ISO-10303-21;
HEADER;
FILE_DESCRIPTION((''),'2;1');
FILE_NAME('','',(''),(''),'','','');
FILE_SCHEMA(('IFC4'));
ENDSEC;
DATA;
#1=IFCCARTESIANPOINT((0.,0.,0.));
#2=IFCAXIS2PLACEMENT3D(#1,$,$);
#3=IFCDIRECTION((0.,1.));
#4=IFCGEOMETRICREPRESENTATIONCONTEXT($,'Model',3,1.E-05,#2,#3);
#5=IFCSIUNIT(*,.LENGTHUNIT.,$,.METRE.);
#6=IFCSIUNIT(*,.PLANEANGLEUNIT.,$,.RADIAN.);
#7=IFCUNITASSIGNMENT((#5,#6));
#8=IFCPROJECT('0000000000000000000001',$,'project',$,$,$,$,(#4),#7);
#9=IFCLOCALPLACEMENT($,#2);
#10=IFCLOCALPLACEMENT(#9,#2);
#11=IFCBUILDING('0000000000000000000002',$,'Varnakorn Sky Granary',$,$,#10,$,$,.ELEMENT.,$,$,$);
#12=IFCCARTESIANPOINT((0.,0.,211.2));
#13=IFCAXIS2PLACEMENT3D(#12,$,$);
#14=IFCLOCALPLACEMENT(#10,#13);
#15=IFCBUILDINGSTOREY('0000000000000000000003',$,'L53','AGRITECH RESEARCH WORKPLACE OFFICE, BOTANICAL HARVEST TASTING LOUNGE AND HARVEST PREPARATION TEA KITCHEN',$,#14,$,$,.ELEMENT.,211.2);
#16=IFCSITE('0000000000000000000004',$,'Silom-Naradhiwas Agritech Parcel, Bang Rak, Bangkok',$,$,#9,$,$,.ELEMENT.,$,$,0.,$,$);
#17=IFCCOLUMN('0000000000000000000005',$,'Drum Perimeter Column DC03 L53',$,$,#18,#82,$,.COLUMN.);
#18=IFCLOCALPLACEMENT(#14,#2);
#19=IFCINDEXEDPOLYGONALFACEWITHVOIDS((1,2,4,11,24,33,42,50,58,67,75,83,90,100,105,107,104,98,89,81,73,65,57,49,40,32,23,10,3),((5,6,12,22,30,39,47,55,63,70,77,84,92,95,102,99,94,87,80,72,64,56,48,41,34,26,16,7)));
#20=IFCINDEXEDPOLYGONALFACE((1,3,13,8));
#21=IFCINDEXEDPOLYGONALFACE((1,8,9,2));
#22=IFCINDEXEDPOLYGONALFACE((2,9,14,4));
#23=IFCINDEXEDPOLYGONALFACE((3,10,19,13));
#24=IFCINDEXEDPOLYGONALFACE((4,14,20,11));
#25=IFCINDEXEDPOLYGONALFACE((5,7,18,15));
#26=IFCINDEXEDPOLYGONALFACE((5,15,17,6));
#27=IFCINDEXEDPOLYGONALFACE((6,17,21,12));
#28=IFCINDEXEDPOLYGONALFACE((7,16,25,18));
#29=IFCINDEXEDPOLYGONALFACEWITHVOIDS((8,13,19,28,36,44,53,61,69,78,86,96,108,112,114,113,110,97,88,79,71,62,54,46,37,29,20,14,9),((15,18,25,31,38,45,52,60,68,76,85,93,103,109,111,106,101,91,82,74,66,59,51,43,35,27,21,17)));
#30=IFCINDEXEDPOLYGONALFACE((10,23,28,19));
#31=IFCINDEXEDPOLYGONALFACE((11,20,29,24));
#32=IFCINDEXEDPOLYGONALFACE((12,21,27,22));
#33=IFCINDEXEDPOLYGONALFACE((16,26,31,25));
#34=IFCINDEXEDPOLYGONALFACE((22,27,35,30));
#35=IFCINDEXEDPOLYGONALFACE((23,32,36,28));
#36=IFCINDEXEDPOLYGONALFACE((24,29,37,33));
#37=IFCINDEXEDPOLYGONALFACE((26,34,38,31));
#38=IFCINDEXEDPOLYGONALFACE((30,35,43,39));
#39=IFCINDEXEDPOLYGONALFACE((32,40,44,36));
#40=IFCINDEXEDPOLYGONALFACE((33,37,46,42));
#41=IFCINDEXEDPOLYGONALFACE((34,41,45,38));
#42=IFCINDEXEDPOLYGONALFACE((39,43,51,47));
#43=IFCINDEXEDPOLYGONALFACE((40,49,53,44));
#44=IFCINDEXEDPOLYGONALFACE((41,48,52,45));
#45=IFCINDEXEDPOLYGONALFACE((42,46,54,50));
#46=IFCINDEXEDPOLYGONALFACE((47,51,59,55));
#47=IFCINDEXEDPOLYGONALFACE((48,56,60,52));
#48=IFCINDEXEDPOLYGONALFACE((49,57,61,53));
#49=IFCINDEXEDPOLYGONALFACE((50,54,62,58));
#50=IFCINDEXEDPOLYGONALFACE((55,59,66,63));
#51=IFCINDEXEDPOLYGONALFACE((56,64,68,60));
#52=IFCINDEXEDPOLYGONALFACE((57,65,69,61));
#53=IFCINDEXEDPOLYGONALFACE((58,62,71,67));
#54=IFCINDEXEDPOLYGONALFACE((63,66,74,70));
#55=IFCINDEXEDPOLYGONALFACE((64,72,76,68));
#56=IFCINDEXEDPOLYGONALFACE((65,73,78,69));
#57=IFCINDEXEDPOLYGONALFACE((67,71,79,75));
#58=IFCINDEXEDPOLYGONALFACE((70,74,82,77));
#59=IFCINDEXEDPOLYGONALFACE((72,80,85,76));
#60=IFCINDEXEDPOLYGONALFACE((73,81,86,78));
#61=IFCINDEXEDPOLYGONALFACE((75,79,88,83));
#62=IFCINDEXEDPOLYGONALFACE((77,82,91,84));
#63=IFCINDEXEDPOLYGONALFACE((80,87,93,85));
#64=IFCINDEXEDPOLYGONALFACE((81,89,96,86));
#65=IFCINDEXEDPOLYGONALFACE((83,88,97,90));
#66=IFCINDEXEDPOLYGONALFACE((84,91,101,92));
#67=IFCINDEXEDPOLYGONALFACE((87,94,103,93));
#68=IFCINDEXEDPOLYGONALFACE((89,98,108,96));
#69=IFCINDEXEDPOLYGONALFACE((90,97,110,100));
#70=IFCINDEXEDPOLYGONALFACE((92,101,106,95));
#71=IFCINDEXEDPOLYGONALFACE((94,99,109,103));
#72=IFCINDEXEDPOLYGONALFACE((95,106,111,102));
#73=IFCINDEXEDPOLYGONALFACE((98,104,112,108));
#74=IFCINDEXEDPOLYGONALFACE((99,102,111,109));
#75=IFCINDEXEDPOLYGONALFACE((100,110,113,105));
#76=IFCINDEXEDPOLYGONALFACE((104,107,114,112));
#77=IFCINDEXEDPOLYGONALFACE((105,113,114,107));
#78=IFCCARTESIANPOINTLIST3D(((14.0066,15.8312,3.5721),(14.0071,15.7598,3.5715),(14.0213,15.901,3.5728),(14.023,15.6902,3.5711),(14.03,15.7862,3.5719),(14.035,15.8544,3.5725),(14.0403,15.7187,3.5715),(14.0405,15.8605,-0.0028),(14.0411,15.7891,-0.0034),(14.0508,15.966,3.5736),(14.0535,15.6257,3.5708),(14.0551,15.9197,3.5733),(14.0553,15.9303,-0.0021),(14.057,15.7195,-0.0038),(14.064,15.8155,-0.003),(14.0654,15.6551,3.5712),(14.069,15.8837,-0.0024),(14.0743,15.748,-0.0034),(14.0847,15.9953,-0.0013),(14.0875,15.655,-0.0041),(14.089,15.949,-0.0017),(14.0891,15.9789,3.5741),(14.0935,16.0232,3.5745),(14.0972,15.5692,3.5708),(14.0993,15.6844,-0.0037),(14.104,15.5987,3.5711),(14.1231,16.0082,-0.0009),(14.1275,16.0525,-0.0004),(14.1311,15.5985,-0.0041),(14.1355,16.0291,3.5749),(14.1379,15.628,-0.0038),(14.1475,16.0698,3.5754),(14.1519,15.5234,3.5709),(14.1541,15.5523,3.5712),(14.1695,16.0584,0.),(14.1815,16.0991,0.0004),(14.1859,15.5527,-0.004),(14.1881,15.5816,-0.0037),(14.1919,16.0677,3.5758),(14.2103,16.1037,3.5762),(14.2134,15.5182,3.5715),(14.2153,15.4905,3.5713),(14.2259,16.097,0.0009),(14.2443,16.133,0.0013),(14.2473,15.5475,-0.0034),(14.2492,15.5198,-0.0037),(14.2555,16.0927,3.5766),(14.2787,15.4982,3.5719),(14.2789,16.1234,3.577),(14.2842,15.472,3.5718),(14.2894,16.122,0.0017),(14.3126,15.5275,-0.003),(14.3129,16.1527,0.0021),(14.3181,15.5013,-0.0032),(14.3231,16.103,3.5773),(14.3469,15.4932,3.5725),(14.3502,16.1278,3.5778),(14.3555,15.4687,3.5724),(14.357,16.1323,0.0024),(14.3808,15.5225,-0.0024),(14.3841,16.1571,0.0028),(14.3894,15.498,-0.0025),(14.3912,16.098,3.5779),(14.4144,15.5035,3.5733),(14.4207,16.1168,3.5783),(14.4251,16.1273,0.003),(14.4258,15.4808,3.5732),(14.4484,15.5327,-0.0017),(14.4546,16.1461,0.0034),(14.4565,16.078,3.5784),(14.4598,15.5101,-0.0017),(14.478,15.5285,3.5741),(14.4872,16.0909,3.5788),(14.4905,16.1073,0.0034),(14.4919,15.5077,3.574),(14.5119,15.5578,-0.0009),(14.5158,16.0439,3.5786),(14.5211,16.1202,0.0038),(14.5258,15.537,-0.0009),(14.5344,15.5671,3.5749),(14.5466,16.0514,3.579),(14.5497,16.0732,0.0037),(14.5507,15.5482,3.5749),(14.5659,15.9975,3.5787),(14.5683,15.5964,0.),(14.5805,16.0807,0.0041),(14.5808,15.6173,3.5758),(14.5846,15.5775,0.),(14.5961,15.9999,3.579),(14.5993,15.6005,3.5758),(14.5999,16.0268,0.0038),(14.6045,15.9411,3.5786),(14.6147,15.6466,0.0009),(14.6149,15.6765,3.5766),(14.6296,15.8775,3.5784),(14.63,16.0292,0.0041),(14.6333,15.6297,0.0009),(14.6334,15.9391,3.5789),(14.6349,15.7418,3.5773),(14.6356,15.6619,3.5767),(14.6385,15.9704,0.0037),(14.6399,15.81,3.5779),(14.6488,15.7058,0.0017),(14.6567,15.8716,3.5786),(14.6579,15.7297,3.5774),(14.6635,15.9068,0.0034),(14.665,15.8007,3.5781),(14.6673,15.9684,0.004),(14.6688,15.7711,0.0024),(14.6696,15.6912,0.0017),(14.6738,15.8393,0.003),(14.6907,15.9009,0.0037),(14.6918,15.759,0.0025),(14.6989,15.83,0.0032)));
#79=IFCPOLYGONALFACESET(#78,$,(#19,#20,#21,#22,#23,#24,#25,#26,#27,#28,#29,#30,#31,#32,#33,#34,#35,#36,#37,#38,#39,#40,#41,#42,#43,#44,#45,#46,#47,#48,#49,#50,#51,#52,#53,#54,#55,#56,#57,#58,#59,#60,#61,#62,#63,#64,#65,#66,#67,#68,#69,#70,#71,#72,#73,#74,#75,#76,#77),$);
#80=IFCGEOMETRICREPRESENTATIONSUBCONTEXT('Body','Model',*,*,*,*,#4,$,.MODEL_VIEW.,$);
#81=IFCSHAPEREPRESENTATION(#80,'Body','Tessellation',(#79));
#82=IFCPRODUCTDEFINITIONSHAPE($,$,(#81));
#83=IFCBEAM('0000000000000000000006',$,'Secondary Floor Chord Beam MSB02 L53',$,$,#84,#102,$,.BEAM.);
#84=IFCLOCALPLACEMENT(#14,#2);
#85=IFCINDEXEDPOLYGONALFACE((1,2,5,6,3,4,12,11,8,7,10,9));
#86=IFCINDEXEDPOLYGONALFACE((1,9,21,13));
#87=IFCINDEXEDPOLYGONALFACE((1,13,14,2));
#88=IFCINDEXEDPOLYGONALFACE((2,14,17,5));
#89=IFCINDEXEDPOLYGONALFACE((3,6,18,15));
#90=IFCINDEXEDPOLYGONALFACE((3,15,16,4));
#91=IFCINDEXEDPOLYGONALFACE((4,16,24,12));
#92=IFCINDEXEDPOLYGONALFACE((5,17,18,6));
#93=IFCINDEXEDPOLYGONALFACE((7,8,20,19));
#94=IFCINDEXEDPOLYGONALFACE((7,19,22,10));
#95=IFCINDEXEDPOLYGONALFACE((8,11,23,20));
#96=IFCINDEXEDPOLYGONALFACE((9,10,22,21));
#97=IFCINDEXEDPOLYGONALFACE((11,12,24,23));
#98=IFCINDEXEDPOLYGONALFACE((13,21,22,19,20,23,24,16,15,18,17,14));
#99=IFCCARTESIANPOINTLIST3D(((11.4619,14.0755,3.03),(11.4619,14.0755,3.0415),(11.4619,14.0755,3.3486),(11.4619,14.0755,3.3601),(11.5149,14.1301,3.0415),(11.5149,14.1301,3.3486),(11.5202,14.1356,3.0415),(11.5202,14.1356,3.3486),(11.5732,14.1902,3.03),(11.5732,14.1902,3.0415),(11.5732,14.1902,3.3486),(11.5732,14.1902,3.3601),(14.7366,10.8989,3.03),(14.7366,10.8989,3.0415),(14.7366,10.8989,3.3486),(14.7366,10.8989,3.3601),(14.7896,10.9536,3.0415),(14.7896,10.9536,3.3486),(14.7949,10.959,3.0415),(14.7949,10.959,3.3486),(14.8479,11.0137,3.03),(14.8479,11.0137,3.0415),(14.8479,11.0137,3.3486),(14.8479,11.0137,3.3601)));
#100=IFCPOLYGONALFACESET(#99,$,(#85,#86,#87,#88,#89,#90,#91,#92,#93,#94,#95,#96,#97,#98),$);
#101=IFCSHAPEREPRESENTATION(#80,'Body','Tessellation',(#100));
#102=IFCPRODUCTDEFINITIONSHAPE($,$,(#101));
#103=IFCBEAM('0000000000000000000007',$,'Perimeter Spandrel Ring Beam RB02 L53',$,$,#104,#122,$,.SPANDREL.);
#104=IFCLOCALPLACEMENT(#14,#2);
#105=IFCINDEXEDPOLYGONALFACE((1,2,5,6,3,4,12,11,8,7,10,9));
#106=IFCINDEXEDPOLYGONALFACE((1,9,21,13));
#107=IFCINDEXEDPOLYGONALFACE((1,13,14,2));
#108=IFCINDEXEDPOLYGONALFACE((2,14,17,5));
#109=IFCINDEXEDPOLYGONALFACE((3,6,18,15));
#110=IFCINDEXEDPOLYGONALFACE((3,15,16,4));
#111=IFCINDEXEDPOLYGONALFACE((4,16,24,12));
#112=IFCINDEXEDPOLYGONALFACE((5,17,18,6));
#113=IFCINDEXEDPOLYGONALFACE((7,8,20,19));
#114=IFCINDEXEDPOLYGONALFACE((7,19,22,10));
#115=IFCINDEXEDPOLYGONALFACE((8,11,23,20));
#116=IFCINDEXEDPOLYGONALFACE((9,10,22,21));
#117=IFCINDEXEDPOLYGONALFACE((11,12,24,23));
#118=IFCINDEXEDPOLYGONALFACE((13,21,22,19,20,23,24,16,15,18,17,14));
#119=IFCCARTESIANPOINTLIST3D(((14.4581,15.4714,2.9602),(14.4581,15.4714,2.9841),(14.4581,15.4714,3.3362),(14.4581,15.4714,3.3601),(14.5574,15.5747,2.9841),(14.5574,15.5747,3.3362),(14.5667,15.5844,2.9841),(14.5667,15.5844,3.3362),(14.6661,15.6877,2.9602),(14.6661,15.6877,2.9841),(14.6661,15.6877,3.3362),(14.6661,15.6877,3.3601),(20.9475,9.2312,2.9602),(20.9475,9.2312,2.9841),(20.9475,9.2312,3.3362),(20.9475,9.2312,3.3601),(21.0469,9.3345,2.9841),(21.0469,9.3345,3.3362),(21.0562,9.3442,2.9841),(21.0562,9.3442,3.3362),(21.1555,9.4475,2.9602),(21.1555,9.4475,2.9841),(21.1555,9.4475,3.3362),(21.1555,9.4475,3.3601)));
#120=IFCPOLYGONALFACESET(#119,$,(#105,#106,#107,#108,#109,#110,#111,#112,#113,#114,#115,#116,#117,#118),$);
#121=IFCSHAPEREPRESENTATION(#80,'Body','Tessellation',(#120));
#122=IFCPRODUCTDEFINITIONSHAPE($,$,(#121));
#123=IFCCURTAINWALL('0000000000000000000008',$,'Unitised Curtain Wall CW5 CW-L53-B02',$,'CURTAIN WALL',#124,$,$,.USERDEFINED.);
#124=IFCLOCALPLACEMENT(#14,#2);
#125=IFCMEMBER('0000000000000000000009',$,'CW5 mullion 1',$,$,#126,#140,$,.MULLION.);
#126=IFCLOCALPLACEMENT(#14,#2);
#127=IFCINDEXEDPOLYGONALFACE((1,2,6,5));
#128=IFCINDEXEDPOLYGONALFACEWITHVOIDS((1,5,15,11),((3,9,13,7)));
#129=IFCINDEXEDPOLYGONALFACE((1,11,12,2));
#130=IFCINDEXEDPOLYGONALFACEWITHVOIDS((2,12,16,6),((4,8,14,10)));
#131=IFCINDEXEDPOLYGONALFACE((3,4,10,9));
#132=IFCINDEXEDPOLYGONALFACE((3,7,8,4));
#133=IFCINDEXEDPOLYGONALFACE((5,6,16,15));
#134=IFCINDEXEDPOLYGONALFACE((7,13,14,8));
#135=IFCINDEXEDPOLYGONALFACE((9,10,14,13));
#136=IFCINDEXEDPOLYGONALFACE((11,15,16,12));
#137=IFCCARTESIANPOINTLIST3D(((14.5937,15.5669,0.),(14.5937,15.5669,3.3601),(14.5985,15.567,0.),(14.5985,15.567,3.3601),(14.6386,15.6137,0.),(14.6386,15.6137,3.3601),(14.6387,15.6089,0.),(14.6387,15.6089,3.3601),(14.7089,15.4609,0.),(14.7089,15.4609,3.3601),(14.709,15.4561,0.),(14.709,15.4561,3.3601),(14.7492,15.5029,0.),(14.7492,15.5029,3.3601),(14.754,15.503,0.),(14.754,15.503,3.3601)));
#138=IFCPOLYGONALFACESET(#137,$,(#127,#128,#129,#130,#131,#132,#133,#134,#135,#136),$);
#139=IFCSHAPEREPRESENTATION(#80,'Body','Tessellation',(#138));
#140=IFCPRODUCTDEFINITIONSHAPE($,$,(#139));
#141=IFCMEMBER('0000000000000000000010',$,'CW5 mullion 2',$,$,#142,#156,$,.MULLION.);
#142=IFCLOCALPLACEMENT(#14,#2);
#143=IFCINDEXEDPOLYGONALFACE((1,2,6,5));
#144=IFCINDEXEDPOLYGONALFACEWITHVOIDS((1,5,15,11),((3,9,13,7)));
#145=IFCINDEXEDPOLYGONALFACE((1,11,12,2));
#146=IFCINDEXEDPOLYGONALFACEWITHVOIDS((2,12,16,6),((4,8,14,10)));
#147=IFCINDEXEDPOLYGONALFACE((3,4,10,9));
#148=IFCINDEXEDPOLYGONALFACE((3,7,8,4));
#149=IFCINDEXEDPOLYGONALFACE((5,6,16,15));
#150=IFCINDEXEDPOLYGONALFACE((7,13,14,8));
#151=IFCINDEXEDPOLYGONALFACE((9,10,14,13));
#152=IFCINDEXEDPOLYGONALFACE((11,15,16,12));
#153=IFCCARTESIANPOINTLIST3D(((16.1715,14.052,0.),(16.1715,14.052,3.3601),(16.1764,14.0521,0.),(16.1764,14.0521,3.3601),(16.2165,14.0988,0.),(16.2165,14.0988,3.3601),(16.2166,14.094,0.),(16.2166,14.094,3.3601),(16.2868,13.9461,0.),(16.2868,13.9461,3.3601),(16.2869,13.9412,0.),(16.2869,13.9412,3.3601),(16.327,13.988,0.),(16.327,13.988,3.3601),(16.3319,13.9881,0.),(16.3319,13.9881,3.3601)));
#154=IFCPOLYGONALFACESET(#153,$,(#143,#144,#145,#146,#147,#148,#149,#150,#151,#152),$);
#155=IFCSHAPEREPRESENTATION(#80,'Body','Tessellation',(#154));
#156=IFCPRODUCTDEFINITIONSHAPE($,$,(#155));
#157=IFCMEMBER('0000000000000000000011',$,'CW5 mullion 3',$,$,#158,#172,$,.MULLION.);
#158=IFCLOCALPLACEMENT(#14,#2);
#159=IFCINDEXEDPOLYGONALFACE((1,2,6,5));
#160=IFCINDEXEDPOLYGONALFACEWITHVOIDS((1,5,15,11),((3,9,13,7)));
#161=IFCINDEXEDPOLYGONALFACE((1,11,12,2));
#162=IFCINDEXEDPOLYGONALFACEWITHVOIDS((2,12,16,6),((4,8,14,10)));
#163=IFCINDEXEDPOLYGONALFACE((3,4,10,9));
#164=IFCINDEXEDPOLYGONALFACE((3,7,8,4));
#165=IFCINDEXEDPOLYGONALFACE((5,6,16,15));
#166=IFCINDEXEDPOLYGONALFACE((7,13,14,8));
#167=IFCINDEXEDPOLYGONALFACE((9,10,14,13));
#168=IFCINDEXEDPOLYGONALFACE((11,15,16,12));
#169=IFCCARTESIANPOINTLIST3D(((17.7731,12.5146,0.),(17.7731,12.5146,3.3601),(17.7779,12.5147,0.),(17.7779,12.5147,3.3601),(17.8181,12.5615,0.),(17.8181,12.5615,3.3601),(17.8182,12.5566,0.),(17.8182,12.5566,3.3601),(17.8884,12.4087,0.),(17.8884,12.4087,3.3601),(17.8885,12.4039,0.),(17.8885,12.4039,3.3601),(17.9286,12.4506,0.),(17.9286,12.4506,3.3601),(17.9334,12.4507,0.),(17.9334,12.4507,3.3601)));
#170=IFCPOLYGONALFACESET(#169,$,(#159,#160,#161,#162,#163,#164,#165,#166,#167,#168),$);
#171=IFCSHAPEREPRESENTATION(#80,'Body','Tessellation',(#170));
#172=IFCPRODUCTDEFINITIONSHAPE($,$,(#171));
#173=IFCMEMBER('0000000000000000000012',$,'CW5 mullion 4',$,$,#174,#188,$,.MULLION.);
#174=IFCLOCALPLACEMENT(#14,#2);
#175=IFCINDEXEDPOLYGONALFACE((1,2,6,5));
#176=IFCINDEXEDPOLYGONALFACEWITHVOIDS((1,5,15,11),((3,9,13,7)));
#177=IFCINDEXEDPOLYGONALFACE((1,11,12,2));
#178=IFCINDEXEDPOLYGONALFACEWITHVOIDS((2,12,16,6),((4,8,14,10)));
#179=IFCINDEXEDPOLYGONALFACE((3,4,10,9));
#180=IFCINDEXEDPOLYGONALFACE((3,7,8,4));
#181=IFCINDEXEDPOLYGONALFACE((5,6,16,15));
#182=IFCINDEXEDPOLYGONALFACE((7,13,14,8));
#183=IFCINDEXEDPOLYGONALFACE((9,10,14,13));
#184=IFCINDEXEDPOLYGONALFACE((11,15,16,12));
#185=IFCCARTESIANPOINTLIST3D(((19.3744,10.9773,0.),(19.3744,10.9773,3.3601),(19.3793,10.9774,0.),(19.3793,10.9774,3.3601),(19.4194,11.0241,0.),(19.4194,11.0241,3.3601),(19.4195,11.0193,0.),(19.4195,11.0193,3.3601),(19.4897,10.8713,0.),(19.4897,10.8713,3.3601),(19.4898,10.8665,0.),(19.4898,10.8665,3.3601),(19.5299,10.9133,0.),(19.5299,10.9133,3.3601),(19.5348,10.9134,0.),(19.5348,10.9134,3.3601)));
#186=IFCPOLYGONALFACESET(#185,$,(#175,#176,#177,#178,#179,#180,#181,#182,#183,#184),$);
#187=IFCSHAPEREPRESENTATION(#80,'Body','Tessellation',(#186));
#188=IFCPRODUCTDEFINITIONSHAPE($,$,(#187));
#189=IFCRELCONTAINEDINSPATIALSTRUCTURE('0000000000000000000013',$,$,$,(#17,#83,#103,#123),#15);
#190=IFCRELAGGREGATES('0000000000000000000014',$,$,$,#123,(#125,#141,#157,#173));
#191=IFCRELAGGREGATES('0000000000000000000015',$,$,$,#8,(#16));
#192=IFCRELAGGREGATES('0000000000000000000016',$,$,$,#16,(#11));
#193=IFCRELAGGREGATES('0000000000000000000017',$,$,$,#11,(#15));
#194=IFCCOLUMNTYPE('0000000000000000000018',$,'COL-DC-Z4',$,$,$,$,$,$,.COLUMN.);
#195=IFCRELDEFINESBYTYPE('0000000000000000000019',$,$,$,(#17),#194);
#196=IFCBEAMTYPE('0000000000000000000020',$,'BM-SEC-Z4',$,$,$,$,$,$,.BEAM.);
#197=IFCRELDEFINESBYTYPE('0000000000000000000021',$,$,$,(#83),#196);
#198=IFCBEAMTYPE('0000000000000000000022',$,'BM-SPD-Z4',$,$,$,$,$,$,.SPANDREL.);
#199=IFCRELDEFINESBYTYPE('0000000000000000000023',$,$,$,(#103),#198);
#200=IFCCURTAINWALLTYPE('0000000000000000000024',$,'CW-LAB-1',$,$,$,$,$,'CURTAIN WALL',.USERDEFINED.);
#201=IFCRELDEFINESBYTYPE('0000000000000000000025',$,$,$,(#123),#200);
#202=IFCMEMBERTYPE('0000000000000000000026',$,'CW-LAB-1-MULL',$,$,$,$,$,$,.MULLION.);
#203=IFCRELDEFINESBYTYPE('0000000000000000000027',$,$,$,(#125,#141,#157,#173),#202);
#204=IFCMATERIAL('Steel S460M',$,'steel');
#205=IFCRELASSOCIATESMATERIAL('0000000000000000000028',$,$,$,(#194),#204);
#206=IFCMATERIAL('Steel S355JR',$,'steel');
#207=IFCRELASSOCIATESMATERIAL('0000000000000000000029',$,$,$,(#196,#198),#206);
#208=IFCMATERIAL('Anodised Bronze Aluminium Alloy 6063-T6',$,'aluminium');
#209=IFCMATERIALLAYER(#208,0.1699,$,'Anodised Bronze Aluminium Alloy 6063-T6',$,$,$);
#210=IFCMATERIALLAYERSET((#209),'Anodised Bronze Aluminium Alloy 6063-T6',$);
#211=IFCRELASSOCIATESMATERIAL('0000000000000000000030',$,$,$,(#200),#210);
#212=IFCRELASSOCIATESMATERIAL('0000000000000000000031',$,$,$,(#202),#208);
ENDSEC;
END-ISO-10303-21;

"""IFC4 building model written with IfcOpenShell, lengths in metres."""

from ifc_helpers import new_model, si_unit, direction, frame, origin, origin_2d, place, context, subcontext, project, spatial, hollow_rectangle, hollow_circle, i_section, extrude, material, layer, layer_set, material_profile, profile_set, type_object, element, aggregate, save


model = new_model("IFC4")

# Units and contexts
model_context = context("Model", 3, precision=1e-05, world=origin(), true_north=direction((0.0, 1.0)))
body_context = subcontext(model_context, "Body", "Model", "MODEL_VIEW")
ifc_project = project(units=[si_unit("LENGTHUNIT", "METRE"), si_unit("PLANEANGLEUNIT", "RADIAN")], contexts=[model_context])

# Site, building, storey
site_placement = place(None, origin())
site = spatial("IfcSite", under=ifc_project, at=site_placement, Name="Silom-Naradhiwas Agritech Parcel, Bang Rak, Bangkok", CompositionType="ELEMENT", RefElevation=0.0)
building_placement = place(site_placement, origin())
building = spatial("IfcBuilding", under=site, at=building_placement, Name="Varnakorn Sky Granary", CompositionType="ELEMENT")
storey_placement = place(building_placement, frame((0.0, 0.0, 211.2)))
storey = spatial("IfcBuildingStorey", under=building, at=storey_placement, Name="L53", Description="AGRITECH RESEARCH WORKPLACE OFFICE, BOTANICAL HARVEST TASTING LOUNGE AND HARVEST PREPARATION TEA KITCHEN", CompositionType="ELEMENT", Elevation=211.2)

# Column
ifc_material_1 = material(Name="Steel S460M", Category="steel")
ifc_material_profile_1 = material_profile(ifc_material_1, hollow_circle(Radius=0.3301, WallThickness=0.0249, at=origin_2d()), Name="CHS 660x25")
ifc_profile_set_1 = profile_set([ifc_material_profile_1], Name="Steel S460M")
column_type = type_object("IfcColumnType", Name="COL-DC-Z4", PredefinedType="COLUMN", material=ifc_profile_set_1)
column_placement = place(storey_placement, frame((14.3689, 15.8274, 0.0), z_axis=(-0.009492, -0.008194, 0.999921), x_axis=(0.653478, -0.756945, 0.0)))
element("IfcColumn", 1, at=column_placement, inside=storey, type_object=column_type, Name="Drum Perimeter Column DC03 L53", PredefinedType="COLUMN", context=body_context, shape_type="SweptSolid", body=[
    extrude(hollow_circle(Radius=0.3301, WallThickness=0.0249, at=origin_2d()), origin(), (0.0, 0.0, 1.0), 3.5752),
])

# Beams
ifc_material_2 = material(Name="Steel S355JR", Category="steel")
ifc_material_profile_2 = material_profile(ifc_material_2, i_section(OverallWidth=0.1599, OverallDepth=0.3301, WebThickness=0.0076, FlangeThickness=0.0115, at=origin_2d()), Name="IPE 330")
ifc_profile_set_2 = profile_set([ifc_material_profile_2], Name="Steel S355JR")
beam_type_1 = type_object("IfcBeamType", Name="BM-SEC-Z4", PredefinedType="BEAM", material=ifc_profile_set_2)
beam_1_placement = place(storey_placement, frame((14.7922, 10.9563, 3.1951), z_axis=(-0.717781, 0.696269, 0.0), x_axis=(-0.696269, -0.717781, 0.0)))
element("IfcBeam", 2, at=beam_1_placement, inside=storey, type_object=beam_type_1, Name="Secondary Floor Chord Beam MSB02 L53", PredefinedType="BEAM", context=body_context, shape_type="SweptSolid", body=[
    extrude(i_section(OverallWidth=0.1599, OverallDepth=0.3301, WebThickness=0.0076, FlangeThickness=0.0115, at=origin_2d()), origin(), (0.0, 0.0, 1.0), 4.5623),
])
ifc_material_profile_3 = material_profile(ifc_material_2, i_section(OverallWidth=0.3, OverallDepth=0.3999, WebThickness=0.0134, FlangeThickness=0.0239, at=origin_2d()), Name="HE 400 B")
ifc_profile_set_3 = profile_set([ifc_material_profile_3], Name="Steel S355JR")
beam_type_2 = type_object("IfcBeamType", Name="BM-SPD-Z4", PredefinedType="SPANDREL", material=ifc_profile_set_3)
beam_2_placement = place(storey_placement, frame((21.0515, 9.3394, 3.1602), z_axis=(-0.720815, 0.693128, 0.0), x_axis=(-0.693128, -0.720815, 0.0)))
element("IfcBeam", 3, at=beam_2_placement, inside=storey, type_object=beam_type_2, Name="Perimeter Spandrel Ring Beam RB02 L53", PredefinedType="SPANDREL", context=body_context, shape_type="SweptSolid", body=[
    extrude(i_section(OverallWidth=0.3, OverallDepth=0.3999, WebThickness=0.0134, FlangeThickness=0.0239, at=origin_2d()), origin(), (0.0, 0.0, 1.0), 9.0029),
])

# Curtain wall, members
ifc_material_3 = material(Name="Anodised Bronze Aluminium Alloy 6063-T6", Category="aluminium")
ifc_layer_1 = layer(ifc_material_3, 0.1699, Name="Anodised Bronze Aluminium Alloy 6063-T6")
ifc_layer_set_1 = layer_set([ifc_layer_1], Name="Anodised Bronze Aluminium Alloy 6063-T6")
curtain_wall_type = type_object("IfcCurtainWallType", Name="CW-LAB-1", ElementType="CURTAIN WALL", PredefinedType="USERDEFINED", material=ifc_layer_set_1)
curtain_wall_placement = place(storey_placement, origin())
curtain_wall = element("IfcCurtainWall", 4, at=curtain_wall_placement, inside=storey, type_object=curtain_wall_type, Name="Unitised Curtain Wall CW5 CW-L53-B02", ObjectType="CURTAIN WALL", PredefinedType="USERDEFINED")
ifc_material_profile_4 = material_profile(ifc_material_3, hollow_rectangle(XDim=0.0649, YDim=0.1599, WallThickness=0.0034, at=origin_2d()), Name="ALU MULL 65x160")
ifc_profile_set_4 = profile_set([ifc_material_profile_4], Name="Anodised Bronze Aluminium Alloy 6063-T6")
member_type_1 = type_object("IfcMemberType", Name="CW-LAB-1-MULL", PredefinedType="MULLION", material=ifc_profile_set_4)
member_1_placement = place(storey_placement, frame((14.6738, 15.5349, 0.0), z_axis=(0.0, 0.0, 1.0), x_axis=(0.692516, 0.721402, 0.0)))
member_1 = element("IfcMember", 5, at=member_1_placement, type_object=member_type_1, Name="CW5 mullion 1", PredefinedType="MULLION", context=body_context, shape_type="SweptSolid", body=[
    extrude(hollow_rectangle(XDim=0.0649, YDim=0.1599, WallThickness=0.0034, at=origin_2d()), origin(), (0.0, 0.0, 1.0), 3.3601),
])
member_2_placement = place(storey_placement, frame((16.2517, 14.02, 0.0), z_axis=(0.0, 0.0, 1.0), x_axis=(0.692516, 0.721402, 0.0)))
member_2 = element("IfcMember", 6, at=member_2_placement, type_object=member_type_1, Name="CW5 mullion 2", PredefinedType="MULLION", context=body_context, shape_type="SweptSolid", body=[
    extrude(hollow_rectangle(XDim=0.0649, YDim=0.1599, WallThickness=0.0034, at=origin_2d()), origin(), (0.0, 0.0, 1.0), 3.3601),
])
member_3_placement = place(storey_placement, frame((17.8533, 12.4827, 0.0), z_axis=(0.0, 0.0, 1.0), x_axis=(0.692516, 0.721402, 0.0)))
member_3 = element("IfcMember", 7, at=member_3_placement, type_object=member_type_1, Name="CW5 mullion 3", PredefinedType="MULLION", context=body_context, shape_type="SweptSolid", body=[
    extrude(hollow_rectangle(XDim=0.0649, YDim=0.1599, WallThickness=0.0034, at=origin_2d()), origin(), (0.0, 0.0, 1.0), 3.3601),
])
member_4_placement = place(storey_placement, frame((19.4546, 10.9453, 0.0), z_axis=(0.0, 0.0, 1.0), x_axis=(0.692516, 0.721402, 0.0)))
member_4 = element("IfcMember", 8, at=member_4_placement, type_object=member_type_1, Name="CW5 mullion 4", PredefinedType="MULLION", context=body_context, shape_type="SweptSolid", body=[
    extrude(hollow_rectangle(XDim=0.0649, YDim=0.1599, WallThickness=0.0034, at=origin_2d()), origin(), (0.0, 0.0, 1.0), 3.3601),
])

aggregate(curtain_wall, [member_1, member_2, member_3, member_4])

save(model, "model.ifc")
